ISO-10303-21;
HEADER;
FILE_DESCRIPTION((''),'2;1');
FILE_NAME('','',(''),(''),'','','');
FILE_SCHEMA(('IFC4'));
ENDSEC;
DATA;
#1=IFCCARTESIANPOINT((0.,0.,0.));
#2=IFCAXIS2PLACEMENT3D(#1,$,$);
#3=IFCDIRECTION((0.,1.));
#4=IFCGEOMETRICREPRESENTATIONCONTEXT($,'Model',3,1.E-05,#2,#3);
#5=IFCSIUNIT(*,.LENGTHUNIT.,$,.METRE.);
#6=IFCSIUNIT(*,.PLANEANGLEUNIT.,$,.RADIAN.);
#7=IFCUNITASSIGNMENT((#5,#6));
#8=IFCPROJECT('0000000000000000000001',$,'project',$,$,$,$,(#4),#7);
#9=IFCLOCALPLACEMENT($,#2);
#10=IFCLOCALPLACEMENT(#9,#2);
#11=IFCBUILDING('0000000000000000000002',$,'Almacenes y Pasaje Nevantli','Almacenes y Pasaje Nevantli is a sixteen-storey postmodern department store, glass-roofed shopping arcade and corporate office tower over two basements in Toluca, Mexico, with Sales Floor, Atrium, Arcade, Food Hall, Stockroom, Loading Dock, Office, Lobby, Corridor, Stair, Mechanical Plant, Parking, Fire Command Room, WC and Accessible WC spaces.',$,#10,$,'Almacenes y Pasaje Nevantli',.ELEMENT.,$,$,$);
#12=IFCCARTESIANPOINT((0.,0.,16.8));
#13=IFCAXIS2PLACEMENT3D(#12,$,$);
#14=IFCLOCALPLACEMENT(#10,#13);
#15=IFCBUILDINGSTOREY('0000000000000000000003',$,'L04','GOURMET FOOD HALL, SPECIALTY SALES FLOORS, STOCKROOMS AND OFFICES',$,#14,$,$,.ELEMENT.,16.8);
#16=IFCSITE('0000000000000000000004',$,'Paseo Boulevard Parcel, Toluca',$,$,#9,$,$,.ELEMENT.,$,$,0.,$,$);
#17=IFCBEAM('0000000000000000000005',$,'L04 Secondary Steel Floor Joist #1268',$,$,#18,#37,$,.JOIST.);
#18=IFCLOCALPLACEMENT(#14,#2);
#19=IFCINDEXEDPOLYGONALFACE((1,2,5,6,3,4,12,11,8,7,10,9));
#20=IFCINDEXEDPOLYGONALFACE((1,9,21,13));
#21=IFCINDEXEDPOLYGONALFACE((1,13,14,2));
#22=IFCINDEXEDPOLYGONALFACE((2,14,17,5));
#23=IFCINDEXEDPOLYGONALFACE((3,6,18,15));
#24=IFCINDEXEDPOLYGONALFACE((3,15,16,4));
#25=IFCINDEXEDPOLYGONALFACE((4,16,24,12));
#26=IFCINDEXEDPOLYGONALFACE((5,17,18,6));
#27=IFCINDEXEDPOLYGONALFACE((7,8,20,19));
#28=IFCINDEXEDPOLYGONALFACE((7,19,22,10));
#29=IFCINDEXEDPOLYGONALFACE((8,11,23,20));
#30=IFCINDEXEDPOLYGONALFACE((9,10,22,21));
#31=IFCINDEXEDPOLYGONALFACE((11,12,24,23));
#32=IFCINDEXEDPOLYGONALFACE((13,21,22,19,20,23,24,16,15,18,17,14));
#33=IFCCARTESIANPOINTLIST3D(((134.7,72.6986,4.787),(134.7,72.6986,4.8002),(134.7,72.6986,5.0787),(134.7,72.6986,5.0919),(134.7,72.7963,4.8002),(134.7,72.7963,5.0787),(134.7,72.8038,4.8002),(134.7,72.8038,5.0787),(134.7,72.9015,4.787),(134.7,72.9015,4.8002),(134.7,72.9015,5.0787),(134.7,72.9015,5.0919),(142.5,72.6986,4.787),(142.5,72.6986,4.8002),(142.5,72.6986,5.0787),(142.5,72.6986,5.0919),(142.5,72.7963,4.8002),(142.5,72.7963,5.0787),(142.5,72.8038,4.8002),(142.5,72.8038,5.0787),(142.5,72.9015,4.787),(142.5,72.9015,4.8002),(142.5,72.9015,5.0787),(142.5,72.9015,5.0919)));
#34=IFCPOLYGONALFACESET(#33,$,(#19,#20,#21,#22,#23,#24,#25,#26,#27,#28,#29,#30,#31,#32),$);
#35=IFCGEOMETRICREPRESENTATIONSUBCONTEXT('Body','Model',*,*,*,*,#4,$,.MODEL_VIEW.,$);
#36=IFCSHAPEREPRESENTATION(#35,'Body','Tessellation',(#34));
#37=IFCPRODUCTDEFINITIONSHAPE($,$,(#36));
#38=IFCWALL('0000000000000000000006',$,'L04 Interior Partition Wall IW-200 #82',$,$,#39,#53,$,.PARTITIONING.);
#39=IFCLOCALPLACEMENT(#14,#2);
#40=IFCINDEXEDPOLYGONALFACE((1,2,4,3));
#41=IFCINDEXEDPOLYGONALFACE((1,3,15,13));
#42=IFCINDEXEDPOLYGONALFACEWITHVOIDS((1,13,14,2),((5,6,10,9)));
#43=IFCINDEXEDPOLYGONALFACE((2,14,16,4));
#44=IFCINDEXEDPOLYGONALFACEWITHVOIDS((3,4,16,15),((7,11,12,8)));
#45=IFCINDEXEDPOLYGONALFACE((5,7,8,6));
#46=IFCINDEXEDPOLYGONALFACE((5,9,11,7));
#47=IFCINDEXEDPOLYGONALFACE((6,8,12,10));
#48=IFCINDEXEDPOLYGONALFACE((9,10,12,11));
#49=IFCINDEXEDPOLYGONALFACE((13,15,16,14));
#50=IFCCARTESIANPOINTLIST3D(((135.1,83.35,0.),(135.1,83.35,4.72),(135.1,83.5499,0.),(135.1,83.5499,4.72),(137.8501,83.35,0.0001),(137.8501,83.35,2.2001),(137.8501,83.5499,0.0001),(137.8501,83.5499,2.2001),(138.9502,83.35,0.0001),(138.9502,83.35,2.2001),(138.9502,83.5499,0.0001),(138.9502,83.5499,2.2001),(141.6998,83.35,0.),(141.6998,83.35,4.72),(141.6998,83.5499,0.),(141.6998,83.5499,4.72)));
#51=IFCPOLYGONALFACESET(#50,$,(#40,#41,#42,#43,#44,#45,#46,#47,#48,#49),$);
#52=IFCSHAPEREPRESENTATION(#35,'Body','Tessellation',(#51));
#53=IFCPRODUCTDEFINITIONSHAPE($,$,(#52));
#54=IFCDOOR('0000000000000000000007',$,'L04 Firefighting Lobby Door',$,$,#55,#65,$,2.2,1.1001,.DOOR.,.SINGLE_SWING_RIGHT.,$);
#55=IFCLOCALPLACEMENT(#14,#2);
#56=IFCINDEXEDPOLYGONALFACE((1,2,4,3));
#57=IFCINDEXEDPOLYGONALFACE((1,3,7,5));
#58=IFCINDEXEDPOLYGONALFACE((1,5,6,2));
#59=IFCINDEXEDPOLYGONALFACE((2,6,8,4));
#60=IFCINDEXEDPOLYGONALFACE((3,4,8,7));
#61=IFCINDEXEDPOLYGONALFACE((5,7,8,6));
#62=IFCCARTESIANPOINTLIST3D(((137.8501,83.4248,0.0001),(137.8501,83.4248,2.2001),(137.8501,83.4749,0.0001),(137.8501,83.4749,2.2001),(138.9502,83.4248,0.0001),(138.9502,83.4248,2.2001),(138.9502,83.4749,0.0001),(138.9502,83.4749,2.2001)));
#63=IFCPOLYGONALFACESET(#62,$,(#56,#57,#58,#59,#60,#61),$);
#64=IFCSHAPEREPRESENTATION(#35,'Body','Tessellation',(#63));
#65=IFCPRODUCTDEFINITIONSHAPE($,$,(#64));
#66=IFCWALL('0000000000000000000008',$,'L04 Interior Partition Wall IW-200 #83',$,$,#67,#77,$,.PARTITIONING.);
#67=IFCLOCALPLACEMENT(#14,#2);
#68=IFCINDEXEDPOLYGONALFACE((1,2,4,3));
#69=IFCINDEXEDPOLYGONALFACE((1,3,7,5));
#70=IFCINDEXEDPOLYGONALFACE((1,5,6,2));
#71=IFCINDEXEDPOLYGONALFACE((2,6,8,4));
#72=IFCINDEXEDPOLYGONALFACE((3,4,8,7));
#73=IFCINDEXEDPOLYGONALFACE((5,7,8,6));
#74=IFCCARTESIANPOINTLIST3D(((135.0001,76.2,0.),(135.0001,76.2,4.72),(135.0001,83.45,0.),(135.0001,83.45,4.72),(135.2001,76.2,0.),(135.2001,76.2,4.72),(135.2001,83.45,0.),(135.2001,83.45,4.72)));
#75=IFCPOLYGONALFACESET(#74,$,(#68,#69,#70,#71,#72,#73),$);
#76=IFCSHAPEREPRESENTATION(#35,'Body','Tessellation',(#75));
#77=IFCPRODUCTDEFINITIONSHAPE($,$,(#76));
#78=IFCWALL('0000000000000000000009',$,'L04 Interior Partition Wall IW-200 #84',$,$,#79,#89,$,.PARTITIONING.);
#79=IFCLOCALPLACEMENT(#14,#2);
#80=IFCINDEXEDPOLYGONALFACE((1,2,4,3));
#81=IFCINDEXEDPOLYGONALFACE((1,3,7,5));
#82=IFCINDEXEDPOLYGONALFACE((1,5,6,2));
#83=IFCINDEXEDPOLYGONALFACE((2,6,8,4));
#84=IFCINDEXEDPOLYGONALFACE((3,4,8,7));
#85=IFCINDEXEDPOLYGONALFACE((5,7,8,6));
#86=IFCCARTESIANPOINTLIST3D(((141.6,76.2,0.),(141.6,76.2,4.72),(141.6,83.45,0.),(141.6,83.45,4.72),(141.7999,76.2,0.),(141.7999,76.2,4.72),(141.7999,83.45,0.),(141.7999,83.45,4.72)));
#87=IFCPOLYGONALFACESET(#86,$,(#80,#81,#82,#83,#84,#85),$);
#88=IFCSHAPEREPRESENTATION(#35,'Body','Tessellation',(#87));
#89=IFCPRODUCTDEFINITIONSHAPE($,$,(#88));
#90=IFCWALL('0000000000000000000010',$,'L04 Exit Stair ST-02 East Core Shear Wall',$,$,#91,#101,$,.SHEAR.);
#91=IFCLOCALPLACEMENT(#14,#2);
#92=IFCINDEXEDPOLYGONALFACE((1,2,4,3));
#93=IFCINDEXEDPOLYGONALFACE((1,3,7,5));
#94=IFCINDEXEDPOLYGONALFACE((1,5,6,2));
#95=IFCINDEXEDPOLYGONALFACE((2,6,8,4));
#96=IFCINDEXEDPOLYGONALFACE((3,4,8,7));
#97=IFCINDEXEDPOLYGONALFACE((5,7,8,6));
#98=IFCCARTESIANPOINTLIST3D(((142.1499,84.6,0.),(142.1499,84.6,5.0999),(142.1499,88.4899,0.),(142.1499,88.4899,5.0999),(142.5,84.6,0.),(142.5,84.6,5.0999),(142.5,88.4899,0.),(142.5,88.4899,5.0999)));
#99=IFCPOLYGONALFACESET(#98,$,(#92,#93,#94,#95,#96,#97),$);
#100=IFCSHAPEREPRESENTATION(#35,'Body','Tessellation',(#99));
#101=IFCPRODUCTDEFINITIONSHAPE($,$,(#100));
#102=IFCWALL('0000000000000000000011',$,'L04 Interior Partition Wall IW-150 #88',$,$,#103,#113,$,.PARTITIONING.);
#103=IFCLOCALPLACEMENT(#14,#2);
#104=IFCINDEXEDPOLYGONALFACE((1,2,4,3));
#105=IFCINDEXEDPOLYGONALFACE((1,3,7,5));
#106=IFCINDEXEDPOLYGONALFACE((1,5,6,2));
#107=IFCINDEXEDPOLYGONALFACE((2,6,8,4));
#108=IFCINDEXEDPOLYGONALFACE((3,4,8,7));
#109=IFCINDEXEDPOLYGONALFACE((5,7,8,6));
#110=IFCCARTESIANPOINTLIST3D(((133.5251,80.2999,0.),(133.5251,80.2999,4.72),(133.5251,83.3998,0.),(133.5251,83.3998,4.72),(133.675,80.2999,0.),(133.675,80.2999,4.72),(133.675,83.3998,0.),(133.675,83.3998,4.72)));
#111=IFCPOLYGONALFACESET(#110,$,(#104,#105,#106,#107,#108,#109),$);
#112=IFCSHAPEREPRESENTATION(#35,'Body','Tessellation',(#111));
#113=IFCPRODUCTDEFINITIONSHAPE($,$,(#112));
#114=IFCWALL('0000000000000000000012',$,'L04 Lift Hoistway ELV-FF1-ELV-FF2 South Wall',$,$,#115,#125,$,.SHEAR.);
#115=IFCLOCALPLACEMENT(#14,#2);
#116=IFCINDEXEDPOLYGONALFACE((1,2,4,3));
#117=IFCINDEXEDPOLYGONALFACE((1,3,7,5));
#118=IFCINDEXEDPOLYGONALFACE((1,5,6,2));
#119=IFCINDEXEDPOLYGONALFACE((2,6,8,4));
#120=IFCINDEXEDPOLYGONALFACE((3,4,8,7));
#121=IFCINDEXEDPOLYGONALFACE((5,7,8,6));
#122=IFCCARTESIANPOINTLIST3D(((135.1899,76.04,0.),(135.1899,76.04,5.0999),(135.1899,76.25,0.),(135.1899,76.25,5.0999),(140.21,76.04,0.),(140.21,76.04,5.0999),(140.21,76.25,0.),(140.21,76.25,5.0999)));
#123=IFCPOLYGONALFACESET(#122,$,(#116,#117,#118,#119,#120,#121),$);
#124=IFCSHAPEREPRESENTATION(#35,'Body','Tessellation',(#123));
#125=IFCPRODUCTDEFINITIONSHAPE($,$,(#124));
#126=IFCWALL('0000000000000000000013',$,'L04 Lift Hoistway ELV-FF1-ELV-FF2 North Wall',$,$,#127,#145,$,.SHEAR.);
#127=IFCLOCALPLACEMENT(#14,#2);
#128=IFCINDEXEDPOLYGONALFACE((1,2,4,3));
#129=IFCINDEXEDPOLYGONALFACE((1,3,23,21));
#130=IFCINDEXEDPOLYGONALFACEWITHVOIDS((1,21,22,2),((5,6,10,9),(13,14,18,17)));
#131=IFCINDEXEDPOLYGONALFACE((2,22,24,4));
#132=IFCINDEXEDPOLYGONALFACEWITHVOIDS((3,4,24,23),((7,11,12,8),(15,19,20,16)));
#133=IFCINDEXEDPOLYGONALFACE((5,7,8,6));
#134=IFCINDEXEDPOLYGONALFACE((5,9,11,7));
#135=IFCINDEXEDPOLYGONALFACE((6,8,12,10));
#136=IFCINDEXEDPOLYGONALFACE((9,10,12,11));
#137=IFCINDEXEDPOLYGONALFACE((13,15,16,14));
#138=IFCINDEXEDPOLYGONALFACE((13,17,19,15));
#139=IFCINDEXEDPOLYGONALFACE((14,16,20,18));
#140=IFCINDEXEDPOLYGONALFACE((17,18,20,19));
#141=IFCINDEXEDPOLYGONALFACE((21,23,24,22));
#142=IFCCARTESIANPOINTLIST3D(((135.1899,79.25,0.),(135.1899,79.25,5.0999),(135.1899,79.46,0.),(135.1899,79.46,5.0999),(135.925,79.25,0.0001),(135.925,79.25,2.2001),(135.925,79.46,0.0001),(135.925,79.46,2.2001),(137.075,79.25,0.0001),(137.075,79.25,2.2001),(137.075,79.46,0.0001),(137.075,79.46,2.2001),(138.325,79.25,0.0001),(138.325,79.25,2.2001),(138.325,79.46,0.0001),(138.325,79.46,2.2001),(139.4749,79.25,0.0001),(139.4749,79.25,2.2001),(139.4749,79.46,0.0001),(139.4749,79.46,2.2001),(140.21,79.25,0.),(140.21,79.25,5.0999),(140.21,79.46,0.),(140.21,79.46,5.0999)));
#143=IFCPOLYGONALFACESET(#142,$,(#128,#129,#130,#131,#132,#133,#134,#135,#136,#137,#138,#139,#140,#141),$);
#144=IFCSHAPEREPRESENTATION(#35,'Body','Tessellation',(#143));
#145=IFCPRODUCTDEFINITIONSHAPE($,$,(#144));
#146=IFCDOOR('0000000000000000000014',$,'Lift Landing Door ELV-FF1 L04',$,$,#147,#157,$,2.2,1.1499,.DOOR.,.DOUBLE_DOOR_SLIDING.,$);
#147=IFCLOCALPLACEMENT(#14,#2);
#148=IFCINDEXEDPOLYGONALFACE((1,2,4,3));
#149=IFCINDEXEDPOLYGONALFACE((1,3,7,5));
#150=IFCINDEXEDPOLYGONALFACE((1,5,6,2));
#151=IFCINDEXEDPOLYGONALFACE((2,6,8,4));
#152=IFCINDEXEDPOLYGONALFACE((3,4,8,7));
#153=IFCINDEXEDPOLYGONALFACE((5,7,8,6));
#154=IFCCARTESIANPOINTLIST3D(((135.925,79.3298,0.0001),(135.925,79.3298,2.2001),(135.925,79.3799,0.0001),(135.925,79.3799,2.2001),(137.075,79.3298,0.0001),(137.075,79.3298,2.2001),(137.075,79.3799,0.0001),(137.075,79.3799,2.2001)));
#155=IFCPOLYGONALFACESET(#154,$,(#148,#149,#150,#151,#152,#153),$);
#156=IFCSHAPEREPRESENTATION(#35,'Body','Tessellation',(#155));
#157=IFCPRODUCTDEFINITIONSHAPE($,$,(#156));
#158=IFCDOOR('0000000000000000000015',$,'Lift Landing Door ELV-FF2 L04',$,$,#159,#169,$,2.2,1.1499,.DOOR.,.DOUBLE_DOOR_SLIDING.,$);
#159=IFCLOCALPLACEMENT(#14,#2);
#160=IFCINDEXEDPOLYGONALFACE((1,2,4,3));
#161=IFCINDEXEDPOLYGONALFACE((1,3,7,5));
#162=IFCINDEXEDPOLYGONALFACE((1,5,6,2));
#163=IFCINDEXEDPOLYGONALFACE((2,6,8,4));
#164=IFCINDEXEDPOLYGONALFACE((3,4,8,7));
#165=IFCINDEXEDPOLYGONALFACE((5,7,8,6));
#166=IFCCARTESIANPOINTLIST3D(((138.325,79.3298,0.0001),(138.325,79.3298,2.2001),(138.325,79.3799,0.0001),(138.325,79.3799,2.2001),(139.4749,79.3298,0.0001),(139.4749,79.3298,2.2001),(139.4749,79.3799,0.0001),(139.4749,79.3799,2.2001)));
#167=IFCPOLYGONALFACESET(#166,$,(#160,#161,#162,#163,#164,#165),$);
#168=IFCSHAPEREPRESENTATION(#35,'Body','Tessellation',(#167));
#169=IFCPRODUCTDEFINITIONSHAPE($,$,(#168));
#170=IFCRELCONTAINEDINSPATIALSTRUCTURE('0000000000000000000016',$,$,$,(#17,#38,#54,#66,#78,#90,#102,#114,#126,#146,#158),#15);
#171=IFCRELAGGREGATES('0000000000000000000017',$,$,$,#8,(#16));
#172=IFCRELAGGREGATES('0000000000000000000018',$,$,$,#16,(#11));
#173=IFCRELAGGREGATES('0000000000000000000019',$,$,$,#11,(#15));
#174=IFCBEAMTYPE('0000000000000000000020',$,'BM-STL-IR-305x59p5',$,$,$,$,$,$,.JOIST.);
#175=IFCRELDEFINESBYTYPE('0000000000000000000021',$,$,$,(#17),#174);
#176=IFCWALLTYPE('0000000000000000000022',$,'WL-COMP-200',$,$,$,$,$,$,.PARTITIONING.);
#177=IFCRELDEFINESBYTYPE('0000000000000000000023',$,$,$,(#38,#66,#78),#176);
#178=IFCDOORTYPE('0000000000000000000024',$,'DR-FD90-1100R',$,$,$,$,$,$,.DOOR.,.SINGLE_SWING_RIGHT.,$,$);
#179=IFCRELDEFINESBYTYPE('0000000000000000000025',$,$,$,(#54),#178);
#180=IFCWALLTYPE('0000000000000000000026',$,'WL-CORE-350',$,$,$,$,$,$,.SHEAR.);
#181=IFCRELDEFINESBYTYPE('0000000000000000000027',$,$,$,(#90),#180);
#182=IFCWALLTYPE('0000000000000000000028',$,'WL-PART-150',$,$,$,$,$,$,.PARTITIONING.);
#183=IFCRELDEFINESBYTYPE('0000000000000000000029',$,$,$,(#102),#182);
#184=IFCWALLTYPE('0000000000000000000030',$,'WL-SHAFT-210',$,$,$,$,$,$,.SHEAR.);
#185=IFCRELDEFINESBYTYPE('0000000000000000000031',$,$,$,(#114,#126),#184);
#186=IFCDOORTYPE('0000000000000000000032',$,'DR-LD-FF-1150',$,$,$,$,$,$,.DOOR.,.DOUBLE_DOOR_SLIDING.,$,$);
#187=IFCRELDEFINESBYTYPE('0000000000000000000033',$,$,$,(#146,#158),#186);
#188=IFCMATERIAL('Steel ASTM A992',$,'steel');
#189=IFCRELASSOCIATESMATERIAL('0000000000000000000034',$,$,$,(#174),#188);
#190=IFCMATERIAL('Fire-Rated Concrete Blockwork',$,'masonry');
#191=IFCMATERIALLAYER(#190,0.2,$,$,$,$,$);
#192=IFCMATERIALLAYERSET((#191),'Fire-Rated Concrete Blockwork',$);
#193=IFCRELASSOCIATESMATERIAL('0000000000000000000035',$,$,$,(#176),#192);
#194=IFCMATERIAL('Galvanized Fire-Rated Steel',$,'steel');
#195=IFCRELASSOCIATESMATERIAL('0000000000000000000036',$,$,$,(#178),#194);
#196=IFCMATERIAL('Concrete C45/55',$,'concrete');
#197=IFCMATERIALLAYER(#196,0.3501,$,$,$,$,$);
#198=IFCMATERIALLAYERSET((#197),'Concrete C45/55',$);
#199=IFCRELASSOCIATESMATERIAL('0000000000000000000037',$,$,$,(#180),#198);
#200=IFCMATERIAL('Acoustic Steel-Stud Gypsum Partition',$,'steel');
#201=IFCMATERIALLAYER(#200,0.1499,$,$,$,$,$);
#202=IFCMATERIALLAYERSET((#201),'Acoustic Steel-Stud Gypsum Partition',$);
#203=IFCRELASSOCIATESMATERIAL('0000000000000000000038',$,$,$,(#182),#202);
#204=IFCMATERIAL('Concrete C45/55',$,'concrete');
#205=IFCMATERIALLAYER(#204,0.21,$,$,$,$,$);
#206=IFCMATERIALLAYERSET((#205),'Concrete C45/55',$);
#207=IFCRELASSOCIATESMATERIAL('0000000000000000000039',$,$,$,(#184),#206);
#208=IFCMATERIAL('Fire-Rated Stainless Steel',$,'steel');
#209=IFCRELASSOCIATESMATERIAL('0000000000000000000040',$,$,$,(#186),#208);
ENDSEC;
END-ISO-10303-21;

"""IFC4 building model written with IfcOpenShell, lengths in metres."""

from ifc_helpers import new_model, si_unit, direction, frame, frame_2d, origin, origin_2d, place, context, subcontext, project, spatial, rectangle, i_section, extrude, material, layer, layer_set, material_profile, profile_set, type_object, element, fill, save


model = new_model("IFC4")

# Units and contexts
model_context = context("Model", 3, precision=1e-05, world=origin(), true_north=direction((0.0, 1.0)))
body_context = subcontext(model_context, "Body", "Model", "MODEL_VIEW")
ifc_project = project(units=[si_unit("LENGTHUNIT", "METRE"), si_unit("PLANEANGLEUNIT", "RADIAN")], contexts=[model_context])

# Site, building, storey
site_placement = place(None, origin())
site = spatial("IfcSite", under=ifc_project, at=site_placement, Name="Paseo Boulevard Parcel, Toluca", CompositionType="ELEMENT", RefElevation=0.0)
building_placement = place(site_placement, origin())
building = spatial("IfcBuilding", under=site, at=building_placement, Name="Almacenes y Pasaje Nevantli", Description="Almacenes y Pasaje Nevantli is a sixteen-storey postmodern department store, glass-roofed shopping arcade and corporate office tower over two basements in Toluca, Mexico, with Sales Floor, Atrium, Arcade, Food Hall, Stockroom, Loading Dock, Office, Lobby, Corridor, Stair, Mechanical Plant, Parking, Fire Command Room, WC and Accessible WC spaces.", LongName="Almacenes y Pasaje Nevantli", CompositionType="ELEMENT")
storey_placement = place(building_placement, frame((0.0, 0.0, 16.8)))
storey = spatial("IfcBuildingStorey", under=building, at=storey_placement, Name="L04", Description="GOURMET FOOD HALL, SPECIALTY SALES FLOORS, STOCKROOMS AND OFFICES", CompositionType="ELEMENT", Elevation=16.8)

# Beam
ifc_material_1 = material(Name="Steel ASTM A992", Category="steel")
ifc_material_profile_1 = material_profile(ifc_material_1, i_section(OverallWidth=0.2029, OverallDepth=0.3049, WebThickness=0.0076, FlangeThickness=0.0132, at=origin_2d()), Name="IR 305x59.5")
ifc_profile_set_1 = profile_set([ifc_material_profile_1], Name="Steel ASTM A992")
beam_type_1 = type_object("IfcBeamType", Name="BM-STL-IR-305x59p5", PredefinedType="JOIST", material=ifc_profile_set_1)
for number, where, z_axis, x_axis, name in (
    (1, (134.7, 72.8, 4.9395), (1.0, 0.0, 0.0), (0.0, 1.0, 0.0), "L04 Secondary Steel Floor Joist #1268"),
):
    element("IfcBeam", number, at=place(storey_placement, frame(where, z_axis=z_axis, x_axis=x_axis)), inside=storey, type_object=beam_type_1, Name=name, PredefinedType="JOIST", context=body_context, shape_type="SweptSolid", body=[
        extrude(i_section(OverallWidth=0.2029, OverallDepth=0.3049, WebThickness=0.0076, FlangeThickness=0.0132, at=origin_2d()), origin(), (0.0, 0.0, 1.0), 7.8),
    ])

# Wall, opening, door
ifc_material_2 = material(Name="Fire-Rated Concrete Blockwork", Category="masonry")
ifc_layer_1 = layer(ifc_material_2, 0.2)
ifc_layer_set_1 = layer_set([ifc_layer_1], Name="Fire-Rated Concrete Blockwork")
wall_type_1 = type_object("IfcWallType", Name="WL-COMP-200", PredefinedType="PARTITIONING", material=ifc_layer_set_1)
wall_1_placement = place(storey_placement, frame((135.1001, 83.45, 0.0), z_axis=(0.0, 0.0, 1.0), x_axis=(1.0, 0.0, 0.0)))
wall_1 = element("IfcWall", 2, at=wall_1_placement, inside=storey, type_object=wall_type_1, Name="L04 Interior Partition Wall IW-200 #82", PredefinedType="PARTITIONING", context=body_context, shape_type="SweptSolid", body=[
    extrude(rectangle(XDim=6.5999, YDim=0.2, at=frame_2d((3.2998, 0.0))), origin(), (0.0, 0.0, 1.0), 4.72),
])
opening_1_placement = place(wall_1_placement, frame((2.75, 0.0, 0.0)))
opening_1 = element("IfcOpeningElement", 3, at=opening_1_placement, cuts=wall_1, PredefinedType="OPENING", context=body_context, shape_type="SweptSolid", body=[
    extrude(rectangle(XDim=1.1001, YDim=2.2, at=frame_2d((0.55, 1.1001))), frame((0.0, 0.1099, 0.0), z_axis=(0.0, -1.0, 0.0), x_axis=(1.0, 0.0, 0.0)), (0.0, 0.0, 1.0), 0.22),
])
ifc_material_3 = material(Name="Galvanized Fire-Rated Steel", Category="steel")
door_type_1 = type_object("IfcDoorType", Name="DR-FD90-1100R", OperationType="SINGLE_SWING_RIGHT", PredefinedType="DOOR", material=ifc_material_3)
door_1_placement = place(opening_1_placement, origin())
door_1 = element("IfcDoor", 4, at=door_1_placement, inside=storey, type_object=door_type_1, Name="L04 Firefighting Lobby Door", OperationType="SINGLE_SWING_RIGHT", OverallHeight=2.2, OverallWidth=1.1001, PredefinedType="DOOR", context=body_context, shape_type="SweptSolid", body=[
    extrude(rectangle(XDim=1.1001, YDim=2.2, at=frame_2d((0.55, 1.1001))), frame((0.0, 0.0249, 0.0), z_axis=(0.0, -1.0, 0.0), x_axis=(1.0, 0.0, 0.0)), (0.0, 0.0, 1.0), 0.05),
])
fill(opening_1, door_1)

# Walls
for number, where, z_axis, x_axis, name in (
    (5, (135.1001, 76.2, 0.0), (0.0, 0.0, 1.0), (0.0, 1.0, 0.0), "L04 Interior Partition Wall IW-200 #83"),
    (6, (141.7, 76.2, 0.0), (0.0, 0.0, 1.0), (0.0, 1.0, 0.0), "L04 Interior Partition Wall IW-200 #84"),
):
    element("IfcWall", number, at=place(storey_placement, frame(where, z_axis=z_axis, x_axis=x_axis)), inside=storey, type_object=wall_type_1, Name=name, PredefinedType="PARTITIONING", context=body_context, shape_type="SweptSolid", body=[
        extrude(rectangle(XDim=7.25, YDim=0.2, at=frame_2d((3.625, 0.0))), origin(), (0.0, 0.0, 1.0), 4.72),
    ])
ifc_material_4 = material(Name="Concrete C45/55", Category="concrete")
ifc_layer_2 = layer(ifc_material_4, 0.3501)
ifc_layer_set_2 = layer_set([ifc_layer_2], Name="Concrete C45/55")
wall_type_2 = type_object("IfcWallType", Name="WL-CORE-350", PredefinedType="SHEAR", material=ifc_layer_set_2)
wall_2_placement = place(storey_placement, frame((142.325, 84.6001, 0.0), z_axis=(0.0, 0.0, 1.0), x_axis=(0.0, 1.0, 0.0)))
element("IfcWall", 7, at=wall_2_placement, inside=storey, type_object=wall_type_2, Name="L04 Exit Stair ST-02 East Core Shear Wall", PredefinedType="SHEAR", context=body_context, shape_type="SweptSolid", body=[
    extrude(rectangle(XDim=3.8899, YDim=0.3501, at=frame_2d((1.9448, 0.0))), origin(), (0.0, 0.0, 1.0), 5.0999),
])
ifc_material_5 = material(Name="Acoustic Steel-Stud Gypsum Partition", Category="steel")
ifc_layer_3 = layer(ifc_material_5, 0.1499)
ifc_layer_set_3 = layer_set([ifc_layer_3], Name="Acoustic Steel-Stud Gypsum Partition")
wall_type_3 = type_object("IfcWallType", Name="WL-PART-150", PredefinedType="PARTITIONING", material=ifc_layer_set_3)
wall_3_placement = place(storey_placement, frame((133.6001, 80.3, 0.0), z_axis=(0.0, 0.0, 1.0), x_axis=(0.0, 1.0, 0.0)))
element("IfcWall", 8, at=wall_3_placement, inside=storey, type_object=wall_type_3, Name="L04 Interior Partition Wall IW-150 #88", PredefinedType="PARTITIONING", context=body_context, shape_type="SweptSolid", body=[
    extrude(rectangle(XDim=3.0999, YDim=0.1499, at=frame_2d((1.5498, 0.0))), origin(), (0.0, 0.0, 1.0), 4.72),
])
ifc_material_6 = material(Name="Concrete C45/55", Category="concrete")
ifc_layer_4 = layer(ifc_material_6, 0.21)
ifc_layer_set_4 = layer_set([ifc_layer_4], Name="Concrete C45/55")
wall_type_4 = type_object("IfcWallType", Name="WL-SHAFT-210", PredefinedType="SHEAR", material=ifc_layer_set_4)
wall_4_placement = place(storey_placement, frame((135.1899, 76.145, 0.0), z_axis=(0.0, 0.0, 1.0), x_axis=(1.0, 0.0, 0.0)))
element("IfcWall", 9, at=wall_4_placement, inside=storey, type_object=wall_type_4, Name="L04 Lift Hoistway ELV-FF1-ELV-FF2 South Wall", PredefinedType="SHEAR", context=body_context, shape_type="SweptSolid", body=[
    extrude(rectangle(XDim=5.02, YDim=0.21, at=frame_2d((2.51, 0.0))), origin(), (0.0, 0.0, 1.0), 5.0999),
])

# Wall, openings, doors
wall_5_placement = place(storey_placement, frame((135.1899, 79.355, 0.0), z_axis=(0.0, 0.0, 1.0), x_axis=(1.0, 0.0, 0.0)))
wall_5 = element("IfcWall", 10, at=wall_5_placement, inside=storey, type_object=wall_type_4, Name="L04 Lift Hoistway ELV-FF1-ELV-FF2 North Wall", PredefinedType="SHEAR", context=body_context, shape_type="SweptSolid", body=[
    extrude(rectangle(XDim=5.02, YDim=0.21, at=frame_2d((2.51, 0.0))), origin(), (0.0, 0.0, 1.0), 5.0999),
])
opening_2_placement = place(wall_5_placement, frame((0.7351, 0.0, 0.0)))
opening_2 = element("IfcOpeningElement", 11, at=opening_2_placement, cuts=wall_5, PredefinedType="OPENING", context=body_context, shape_type="SweptSolid", body=[
    extrude(rectangle(XDim=1.1499, YDim=2.2, at=frame_2d((0.575, 1.1001))), frame((0.0, 0.115, 0.0), z_axis=(0.0, -1.0, 0.0), x_axis=(1.0, 0.0, 0.0)), (0.0, 0.0, 1.0), 0.23),
])
opening_3_placement = place(wall_5_placement, frame((3.135, 0.0, 0.0)))
opening_3 = element("IfcOpeningElement", 12, at=opening_3_placement, cuts=wall_5, PredefinedType="OPENING", context=body_context, shape_type="SweptSolid", body=[
    extrude(rectangle(XDim=1.1499, YDim=2.2, at=frame_2d((0.575, 1.1001))), frame((0.0, 0.115, 0.0), z_axis=(0.0, -1.0, 0.0), x_axis=(1.0, 0.0, 0.0)), (0.0, 0.0, 1.0), 0.23),
])
ifc_material_7 = material(Name="Fire-Rated Stainless Steel", Category="steel")
door_type_2 = type_object("IfcDoorType", Name="DR-LD-FF-1150", OperationType="DOUBLE_DOOR_SLIDING", PredefinedType="DOOR", material=ifc_material_7)
door_2_placement = place(opening_2_placement, origin())
door_2 = element("IfcDoor", 13, at=door_2_placement, inside=storey, type_object=door_type_2, Name="Lift Landing Door ELV-FF1 L04", OperationType="DOUBLE_DOOR_SLIDING", OverallHeight=2.2, OverallWidth=1.1499, PredefinedType="DOOR", context=body_context, shape_type="SweptSolid", body=[
    extrude(rectangle(XDim=1.1499, YDim=2.2, at=frame_2d((0.575, 1.1001))), frame((0.0, 0.0249, 0.0), z_axis=(0.0, -1.0, 0.0), x_axis=(1.0, 0.0, 0.0)), (0.0, 0.0, 1.0), 0.05),
])
fill(opening_2, door_2)
door_3_placement = place(opening_3_placement, origin())
door_3 = element("IfcDoor", 14, at=door_3_placement, inside=storey, type_object=door_type_2, Name="Lift Landing Door ELV-FF2 L04", OperationType="DOUBLE_DOOR_SLIDING", OverallHeight=2.2, OverallWidth=1.1499, PredefinedType="DOOR", context=body_context, shape_type="SweptSolid", body=[
    extrude(rectangle(XDim=1.1499, YDim=2.2, at=frame_2d((0.575, 1.1001))), frame((0.0, 0.0249, 0.0), z_axis=(0.0, -1.0, 0.0), x_axis=(1.0, 0.0, 0.0)), (0.0, 0.0, 1.0), 0.05),
])
fill(opening_3, door_3)

save(model, "model.ifc")
